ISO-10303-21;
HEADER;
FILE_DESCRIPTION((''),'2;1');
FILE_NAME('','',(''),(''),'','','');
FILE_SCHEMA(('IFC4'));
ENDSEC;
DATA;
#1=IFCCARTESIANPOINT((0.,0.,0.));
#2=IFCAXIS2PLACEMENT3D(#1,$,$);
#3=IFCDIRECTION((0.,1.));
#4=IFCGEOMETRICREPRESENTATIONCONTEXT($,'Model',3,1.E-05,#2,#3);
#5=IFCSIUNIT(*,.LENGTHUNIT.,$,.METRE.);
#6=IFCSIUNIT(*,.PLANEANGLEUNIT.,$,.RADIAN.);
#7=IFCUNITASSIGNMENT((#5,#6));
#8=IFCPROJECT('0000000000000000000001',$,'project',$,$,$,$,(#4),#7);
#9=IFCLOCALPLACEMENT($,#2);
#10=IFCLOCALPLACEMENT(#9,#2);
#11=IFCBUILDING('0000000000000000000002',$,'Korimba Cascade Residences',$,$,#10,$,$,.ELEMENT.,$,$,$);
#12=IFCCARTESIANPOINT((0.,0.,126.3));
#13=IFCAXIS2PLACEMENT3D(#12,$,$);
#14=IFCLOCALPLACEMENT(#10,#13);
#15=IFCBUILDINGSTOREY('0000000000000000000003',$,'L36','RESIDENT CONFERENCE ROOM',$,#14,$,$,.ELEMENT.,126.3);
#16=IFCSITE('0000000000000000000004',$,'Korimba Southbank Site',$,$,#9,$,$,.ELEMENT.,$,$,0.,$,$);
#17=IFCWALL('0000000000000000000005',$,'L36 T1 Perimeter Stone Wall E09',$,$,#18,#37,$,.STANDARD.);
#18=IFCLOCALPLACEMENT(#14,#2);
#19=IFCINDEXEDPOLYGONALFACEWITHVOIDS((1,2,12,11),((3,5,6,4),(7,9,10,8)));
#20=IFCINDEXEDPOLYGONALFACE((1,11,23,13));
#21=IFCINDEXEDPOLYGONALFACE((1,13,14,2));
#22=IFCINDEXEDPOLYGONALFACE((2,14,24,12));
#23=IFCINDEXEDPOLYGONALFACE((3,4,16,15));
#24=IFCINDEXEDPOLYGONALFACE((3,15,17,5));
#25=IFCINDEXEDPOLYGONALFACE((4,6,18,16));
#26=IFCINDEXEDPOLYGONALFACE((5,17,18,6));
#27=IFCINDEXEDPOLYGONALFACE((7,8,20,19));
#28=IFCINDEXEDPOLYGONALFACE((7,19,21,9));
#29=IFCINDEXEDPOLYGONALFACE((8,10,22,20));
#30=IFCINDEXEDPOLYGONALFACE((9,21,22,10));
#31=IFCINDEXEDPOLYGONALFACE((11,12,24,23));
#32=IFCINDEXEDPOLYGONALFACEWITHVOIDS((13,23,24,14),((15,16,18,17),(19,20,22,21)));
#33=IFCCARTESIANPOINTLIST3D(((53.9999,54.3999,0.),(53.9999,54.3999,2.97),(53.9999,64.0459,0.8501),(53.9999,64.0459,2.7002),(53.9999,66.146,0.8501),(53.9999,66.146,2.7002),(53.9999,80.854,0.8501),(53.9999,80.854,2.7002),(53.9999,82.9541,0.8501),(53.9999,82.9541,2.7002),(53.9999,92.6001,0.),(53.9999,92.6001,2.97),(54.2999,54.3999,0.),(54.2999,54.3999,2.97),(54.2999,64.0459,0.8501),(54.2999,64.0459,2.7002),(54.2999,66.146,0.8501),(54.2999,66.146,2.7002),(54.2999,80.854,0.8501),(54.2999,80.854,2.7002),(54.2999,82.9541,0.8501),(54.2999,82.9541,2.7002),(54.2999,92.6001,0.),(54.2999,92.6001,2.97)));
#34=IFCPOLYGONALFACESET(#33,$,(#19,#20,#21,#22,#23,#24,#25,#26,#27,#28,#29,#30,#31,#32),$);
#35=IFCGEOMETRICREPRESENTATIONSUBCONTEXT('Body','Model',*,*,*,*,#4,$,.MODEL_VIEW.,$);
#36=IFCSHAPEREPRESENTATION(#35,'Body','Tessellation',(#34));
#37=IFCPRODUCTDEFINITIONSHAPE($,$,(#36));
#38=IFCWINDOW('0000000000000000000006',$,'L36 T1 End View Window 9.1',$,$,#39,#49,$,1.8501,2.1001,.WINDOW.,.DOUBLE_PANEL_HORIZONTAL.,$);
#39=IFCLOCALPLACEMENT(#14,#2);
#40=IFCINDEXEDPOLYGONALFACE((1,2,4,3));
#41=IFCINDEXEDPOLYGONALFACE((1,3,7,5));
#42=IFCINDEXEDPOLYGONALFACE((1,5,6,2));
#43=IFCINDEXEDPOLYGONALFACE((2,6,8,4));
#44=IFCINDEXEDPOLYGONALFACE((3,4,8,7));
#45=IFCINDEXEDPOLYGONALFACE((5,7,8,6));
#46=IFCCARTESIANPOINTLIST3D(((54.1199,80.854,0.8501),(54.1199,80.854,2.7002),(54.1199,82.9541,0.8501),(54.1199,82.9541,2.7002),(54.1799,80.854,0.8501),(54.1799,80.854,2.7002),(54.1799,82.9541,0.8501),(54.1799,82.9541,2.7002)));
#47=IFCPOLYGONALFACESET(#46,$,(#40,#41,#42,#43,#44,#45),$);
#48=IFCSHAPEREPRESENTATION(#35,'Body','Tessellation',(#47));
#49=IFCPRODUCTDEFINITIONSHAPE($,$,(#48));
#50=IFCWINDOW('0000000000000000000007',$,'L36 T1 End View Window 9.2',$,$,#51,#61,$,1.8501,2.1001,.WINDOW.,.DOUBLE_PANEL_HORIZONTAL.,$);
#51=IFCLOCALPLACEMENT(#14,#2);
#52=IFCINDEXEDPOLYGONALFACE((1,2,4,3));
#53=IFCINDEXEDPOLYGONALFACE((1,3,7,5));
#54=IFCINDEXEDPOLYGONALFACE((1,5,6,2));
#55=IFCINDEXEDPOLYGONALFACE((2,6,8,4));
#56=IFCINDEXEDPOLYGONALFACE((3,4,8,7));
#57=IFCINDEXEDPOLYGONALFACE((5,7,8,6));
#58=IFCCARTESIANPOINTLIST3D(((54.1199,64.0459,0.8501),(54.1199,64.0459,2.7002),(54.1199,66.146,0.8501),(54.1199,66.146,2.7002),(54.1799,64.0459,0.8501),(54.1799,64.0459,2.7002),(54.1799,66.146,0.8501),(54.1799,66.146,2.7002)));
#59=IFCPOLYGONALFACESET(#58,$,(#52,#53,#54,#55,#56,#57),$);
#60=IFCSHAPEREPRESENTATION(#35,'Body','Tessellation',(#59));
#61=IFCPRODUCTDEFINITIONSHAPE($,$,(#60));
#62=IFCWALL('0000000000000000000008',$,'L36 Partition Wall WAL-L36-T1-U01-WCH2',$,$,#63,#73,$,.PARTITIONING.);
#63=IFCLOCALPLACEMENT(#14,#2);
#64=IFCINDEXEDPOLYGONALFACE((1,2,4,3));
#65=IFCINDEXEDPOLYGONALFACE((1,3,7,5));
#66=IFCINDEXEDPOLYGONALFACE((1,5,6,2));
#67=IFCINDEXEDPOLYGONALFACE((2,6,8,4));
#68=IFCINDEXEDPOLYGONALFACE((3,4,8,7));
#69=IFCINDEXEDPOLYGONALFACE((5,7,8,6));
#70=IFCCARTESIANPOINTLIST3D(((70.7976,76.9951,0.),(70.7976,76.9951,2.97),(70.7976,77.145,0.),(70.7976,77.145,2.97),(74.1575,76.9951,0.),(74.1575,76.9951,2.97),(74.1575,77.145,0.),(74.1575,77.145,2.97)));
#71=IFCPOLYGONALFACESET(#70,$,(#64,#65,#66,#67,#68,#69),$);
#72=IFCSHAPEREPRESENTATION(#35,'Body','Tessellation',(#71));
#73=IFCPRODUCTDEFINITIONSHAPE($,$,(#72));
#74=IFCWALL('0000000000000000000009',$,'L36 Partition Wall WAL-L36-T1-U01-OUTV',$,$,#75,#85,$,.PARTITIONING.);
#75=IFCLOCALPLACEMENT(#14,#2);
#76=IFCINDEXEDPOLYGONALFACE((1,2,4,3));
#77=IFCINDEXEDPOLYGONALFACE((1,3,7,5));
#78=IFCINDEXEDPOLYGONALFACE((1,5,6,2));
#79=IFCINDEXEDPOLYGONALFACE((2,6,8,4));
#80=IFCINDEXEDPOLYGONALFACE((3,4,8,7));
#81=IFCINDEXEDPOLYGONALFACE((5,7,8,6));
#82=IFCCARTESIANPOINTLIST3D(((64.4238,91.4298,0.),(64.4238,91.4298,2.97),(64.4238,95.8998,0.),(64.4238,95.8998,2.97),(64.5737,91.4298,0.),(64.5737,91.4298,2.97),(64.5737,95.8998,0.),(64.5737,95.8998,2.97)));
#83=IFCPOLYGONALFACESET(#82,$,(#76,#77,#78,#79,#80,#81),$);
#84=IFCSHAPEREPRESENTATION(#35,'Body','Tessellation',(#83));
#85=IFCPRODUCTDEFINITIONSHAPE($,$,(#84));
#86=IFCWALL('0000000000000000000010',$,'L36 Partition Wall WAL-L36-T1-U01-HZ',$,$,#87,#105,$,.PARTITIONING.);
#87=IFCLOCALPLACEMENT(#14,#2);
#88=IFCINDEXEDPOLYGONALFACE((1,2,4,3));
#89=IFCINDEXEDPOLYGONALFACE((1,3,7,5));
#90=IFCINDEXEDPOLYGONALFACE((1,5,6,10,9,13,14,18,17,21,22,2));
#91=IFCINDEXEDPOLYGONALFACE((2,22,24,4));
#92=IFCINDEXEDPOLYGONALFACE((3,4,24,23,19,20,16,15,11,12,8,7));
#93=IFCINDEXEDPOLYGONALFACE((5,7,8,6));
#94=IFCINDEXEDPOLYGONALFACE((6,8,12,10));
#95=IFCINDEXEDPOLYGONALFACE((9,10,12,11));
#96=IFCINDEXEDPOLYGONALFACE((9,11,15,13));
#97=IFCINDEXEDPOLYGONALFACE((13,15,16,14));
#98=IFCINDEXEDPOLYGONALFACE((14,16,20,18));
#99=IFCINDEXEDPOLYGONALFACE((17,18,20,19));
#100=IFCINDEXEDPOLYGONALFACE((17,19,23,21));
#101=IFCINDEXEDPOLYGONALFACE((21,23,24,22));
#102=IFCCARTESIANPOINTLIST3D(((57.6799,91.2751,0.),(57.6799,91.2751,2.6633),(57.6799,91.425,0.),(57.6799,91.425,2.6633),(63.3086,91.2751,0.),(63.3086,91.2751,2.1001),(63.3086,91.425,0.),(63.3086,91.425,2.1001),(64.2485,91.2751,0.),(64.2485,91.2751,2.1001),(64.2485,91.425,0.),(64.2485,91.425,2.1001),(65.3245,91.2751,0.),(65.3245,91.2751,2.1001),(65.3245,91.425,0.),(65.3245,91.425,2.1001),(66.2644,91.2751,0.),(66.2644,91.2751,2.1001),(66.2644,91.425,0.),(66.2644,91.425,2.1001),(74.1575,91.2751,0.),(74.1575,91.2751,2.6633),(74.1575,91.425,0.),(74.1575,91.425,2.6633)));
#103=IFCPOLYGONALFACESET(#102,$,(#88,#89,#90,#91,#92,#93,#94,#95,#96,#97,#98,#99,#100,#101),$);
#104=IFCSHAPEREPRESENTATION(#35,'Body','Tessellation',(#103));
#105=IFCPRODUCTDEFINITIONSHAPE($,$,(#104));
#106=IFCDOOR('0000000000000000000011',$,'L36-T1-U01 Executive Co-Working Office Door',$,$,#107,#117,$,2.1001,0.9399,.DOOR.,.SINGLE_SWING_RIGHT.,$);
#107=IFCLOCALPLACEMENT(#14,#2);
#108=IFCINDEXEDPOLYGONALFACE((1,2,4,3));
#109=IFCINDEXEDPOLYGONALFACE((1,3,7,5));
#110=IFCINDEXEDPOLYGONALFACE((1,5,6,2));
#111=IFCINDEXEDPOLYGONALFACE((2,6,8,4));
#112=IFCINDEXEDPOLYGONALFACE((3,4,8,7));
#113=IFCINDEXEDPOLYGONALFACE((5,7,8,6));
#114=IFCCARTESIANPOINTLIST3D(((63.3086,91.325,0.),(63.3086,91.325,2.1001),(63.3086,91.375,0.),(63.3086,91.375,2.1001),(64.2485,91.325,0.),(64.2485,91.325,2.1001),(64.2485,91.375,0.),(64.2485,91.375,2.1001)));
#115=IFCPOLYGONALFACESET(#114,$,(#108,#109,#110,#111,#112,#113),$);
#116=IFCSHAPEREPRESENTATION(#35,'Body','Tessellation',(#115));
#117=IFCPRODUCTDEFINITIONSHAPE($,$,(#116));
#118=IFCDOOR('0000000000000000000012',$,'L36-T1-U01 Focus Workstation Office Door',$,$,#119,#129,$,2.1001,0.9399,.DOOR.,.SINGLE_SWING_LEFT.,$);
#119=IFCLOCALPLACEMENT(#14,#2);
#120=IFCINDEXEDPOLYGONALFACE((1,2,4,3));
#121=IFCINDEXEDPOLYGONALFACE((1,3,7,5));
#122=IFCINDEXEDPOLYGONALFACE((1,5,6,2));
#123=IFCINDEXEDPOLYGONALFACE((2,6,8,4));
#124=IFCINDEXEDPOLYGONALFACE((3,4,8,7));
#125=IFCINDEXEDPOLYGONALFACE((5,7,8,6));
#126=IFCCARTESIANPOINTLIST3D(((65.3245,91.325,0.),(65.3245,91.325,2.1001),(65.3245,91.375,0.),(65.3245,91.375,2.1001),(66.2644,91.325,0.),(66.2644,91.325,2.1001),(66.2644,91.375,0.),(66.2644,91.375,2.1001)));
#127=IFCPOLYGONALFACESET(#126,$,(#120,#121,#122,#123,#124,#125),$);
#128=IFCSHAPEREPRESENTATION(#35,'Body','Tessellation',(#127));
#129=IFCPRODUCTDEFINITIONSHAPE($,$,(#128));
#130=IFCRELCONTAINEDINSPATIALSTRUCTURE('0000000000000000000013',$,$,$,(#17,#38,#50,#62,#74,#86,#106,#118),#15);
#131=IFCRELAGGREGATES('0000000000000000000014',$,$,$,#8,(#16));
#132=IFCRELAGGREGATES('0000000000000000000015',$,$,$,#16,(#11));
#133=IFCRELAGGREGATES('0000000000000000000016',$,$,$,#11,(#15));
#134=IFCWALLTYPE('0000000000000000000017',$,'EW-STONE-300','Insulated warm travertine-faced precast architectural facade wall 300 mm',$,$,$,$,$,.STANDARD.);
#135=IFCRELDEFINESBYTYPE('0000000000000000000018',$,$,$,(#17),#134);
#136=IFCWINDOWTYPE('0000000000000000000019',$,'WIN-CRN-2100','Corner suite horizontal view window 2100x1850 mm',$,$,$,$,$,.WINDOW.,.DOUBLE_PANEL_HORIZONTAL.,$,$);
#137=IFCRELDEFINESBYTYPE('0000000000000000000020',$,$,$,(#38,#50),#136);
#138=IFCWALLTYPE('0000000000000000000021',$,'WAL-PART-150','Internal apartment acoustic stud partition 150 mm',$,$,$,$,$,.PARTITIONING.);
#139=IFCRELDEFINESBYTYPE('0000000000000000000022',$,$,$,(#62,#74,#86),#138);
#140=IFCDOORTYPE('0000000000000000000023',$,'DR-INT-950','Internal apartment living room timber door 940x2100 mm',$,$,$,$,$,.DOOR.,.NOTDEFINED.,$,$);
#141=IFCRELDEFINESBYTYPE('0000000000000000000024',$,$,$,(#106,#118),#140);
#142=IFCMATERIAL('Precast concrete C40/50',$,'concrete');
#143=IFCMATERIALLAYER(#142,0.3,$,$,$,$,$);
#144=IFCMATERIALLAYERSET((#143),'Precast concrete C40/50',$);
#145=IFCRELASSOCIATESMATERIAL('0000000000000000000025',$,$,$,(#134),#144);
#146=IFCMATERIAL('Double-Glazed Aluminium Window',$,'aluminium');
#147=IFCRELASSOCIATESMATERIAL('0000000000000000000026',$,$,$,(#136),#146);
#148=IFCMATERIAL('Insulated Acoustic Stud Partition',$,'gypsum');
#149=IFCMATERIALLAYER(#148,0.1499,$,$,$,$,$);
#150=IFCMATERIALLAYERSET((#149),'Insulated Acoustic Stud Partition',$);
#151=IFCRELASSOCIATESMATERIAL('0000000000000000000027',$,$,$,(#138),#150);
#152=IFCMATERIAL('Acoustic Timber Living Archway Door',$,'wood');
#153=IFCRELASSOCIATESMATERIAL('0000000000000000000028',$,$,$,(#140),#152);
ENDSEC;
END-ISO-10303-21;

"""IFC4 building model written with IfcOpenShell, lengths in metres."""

from ifc_helpers import new_model, si_unit, direction, frame, frame_2d, origin, place, context, subcontext, project, spatial, rectangle, extrude, material, layer, layer_set, type_object, element, fill, save


model = new_model("IFC4")

# Units and contexts
model_context = context("Model", 3, precision=1e-05, world=origin(), true_north=direction((0.0, 1.0)))
body_context = subcontext(model_context, "Body", "Model", "MODEL_VIEW")
ifc_project = project(units=[si_unit("LENGTHUNIT", "METRE"), si_unit("PLANEANGLEUNIT", "RADIAN")], contexts=[model_context])

# Site, building, storey
site_placement = place(None, origin())
site = spatial("IfcSite", under=ifc_project, at=site_placement, Name="Korimba Southbank Site", CompositionType="ELEMENT", RefElevation=0.0)
building_placement = place(site_placement, origin())
building = spatial("IfcBuilding", under=site, at=building_placement, Name="Korimba Cascade Residences", CompositionType="ELEMENT")
storey_placement = place(building_placement, frame((0.0, 0.0, 126.3)))
storey = spatial("IfcBuildingStorey", under=building, at=storey_placement, Name="L36", Description="RESIDENT CONFERENCE ROOM", CompositionType="ELEMENT", Elevation=126.3)

# Shared definitions
ifc_material_1 = material(Name="Precast concrete C40/50", Category="concrete")
ifc_layer_1 = layer(ifc_material_1, 0.3)
ifc_layer_set_1 = layer_set([ifc_layer_1], Name="Precast concrete C40/50")
wall_type_1 = type_object("IfcWallType", Name="EW-STONE-300", Description="Insulated warm travertine-faced precast architectural facade wall 300 mm", PredefinedType="STANDARD", material=ifc_layer_set_1)

# Wall, openings, windows
wall_1_placement = place(storey_placement, frame((54.1499, 92.6001, 0.0), z_axis=(0.0, 0.0, 1.0), x_axis=(0.0, -1.0, 0.0)))
wall_1 = element("IfcWall", 1, at=wall_1_placement, inside=storey, type_object=wall_type_1, Name="L36 T1 Perimeter Stone Wall E09", PredefinedType="STANDARD", context=body_context, shape_type="SweptSolid", body=[
    extrude(rectangle(XDim=38.2002, YDim=0.3, at=frame_2d((19.1001, 0.0))), origin(), (0.0, 0.0, 1.0), 2.97),
])
opening_1_placement = place(wall_1_placement, frame((9.646, 0.0, 0.8501)))
opening_1 = element("IfcOpeningElement", 2, at=opening_1_placement, cuts=wall_1, PredefinedType="OPENING", context=body_context, shape_type="SweptSolid", body=[
    extrude(rectangle(XDim=2.1001, YDim=1.8501, at=frame_2d((1.05, 0.925))), frame((0.0, 0.1602, 0.0), z_axis=(0.0, -1.0, 0.0), x_axis=(1.0, 0.0, 0.0)), (0.0, 0.0, 1.0), 0.3201),
])
opening_2_placement = place(wall_1_placement, frame((26.4541, 0.0, 0.8501)))
opening_2 = element("IfcOpeningElement", 3, at=opening_2_placement, cuts=wall_1, PredefinedType="OPENING", context=body_context, shape_type="SweptSolid", body=[
    extrude(rectangle(XDim=2.1001, YDim=1.8501, at=frame_2d((1.05, 0.925))), frame((0.0, 0.1602, 0.0), z_axis=(0.0, -1.0, 0.0), x_axis=(1.0, 0.0, 0.0)), (0.0, 0.0, 1.0), 0.3201),
])
ifc_material_2 = material(Name="Double-Glazed Aluminium Window", Category="aluminium")
window_type = type_object("IfcWindowType", Name="WIN-CRN-2100", Description="Corner suite horizontal view window 2100x1850 mm", PartitioningType="DOUBLE_PANEL_HORIZONTAL", PredefinedType="WINDOW", material=ifc_material_2)
window_1_placement = place(opening_1_placement, origin())
window_1 = element("IfcWindow", 4, at=window_1_placement, inside=storey, type_object=window_type, Name="L36 T1 End View Window 9.1", OverallHeight=1.8501, OverallWidth=2.1001, PartitioningType="DOUBLE_PANEL_HORIZONTAL", PredefinedType="WINDOW", context=body_context, shape_type="SweptSolid", body=[
    extrude(rectangle(XDim=2.1001, YDim=1.8501, at=frame_2d((1.05, 0.925))), frame((0.0, 0.03, 0.0), z_axis=(0.0, -1.0, 0.0), x_axis=(1.0, 0.0, 0.0)), (0.0, 0.0, 1.0), 0.0601),
])
fill(opening_1, window_1)
window_2_placement = place(opening_2_placement, origin())
window_2 = element("IfcWindow", 5, at=window_2_placement, inside=storey, type_object=window_type, Name="L36 T1 End View Window 9.2", OverallHeight=1.8501, OverallWidth=2.1001, PartitioningType="DOUBLE_PANEL_HORIZONTAL", PredefinedType="WINDOW", context=body_context, shape_type="SweptSolid", body=[
    extrude(rectangle(XDim=2.1001, YDim=1.8501, at=frame_2d((1.05, 0.925))), frame((0.0, 0.03, 0.0), z_axis=(0.0, -1.0, 0.0), x_axis=(1.0, 0.0, 0.0)), (0.0, 0.0, 1.0), 0.0601),
])
fill(opening_2, window_2)

# Walls
ifc_material_3 = material(Name="Insulated Acoustic Stud Partition", Category="gypsum")
ifc_layer_2 = layer(ifc_material_3, 0.1499)
ifc_layer_set_2 = layer_set([ifc_layer_2], Name="Insulated Acoustic Stud Partition")
wall_type_2 = type_object("IfcWallType", Name="WAL-PART-150", Description="Internal apartment acoustic stud partition 150 mm", PredefinedType="PARTITIONING", material=ifc_layer_set_2)
wall_2_placement = place(storey_placement, frame((70.7976, 77.0701, 0.0), z_axis=(0.0, 0.0, 1.0), x_axis=(1.0, 0.0, 0.0)))
element("IfcWall", 6, at=wall_2_placement, inside=storey, type_object=wall_type_2, Name="L36 Partition Wall WAL-L36-T1-U01-WCH2", PredefinedType="PARTITIONING", context=body_context, shape_type="SweptSolid", body=[
    extrude(rectangle(XDim=3.3599, YDim=0.1499, at=frame_2d((1.6799, 0.0))), origin(), (0.0, 0.0, 1.0), 2.97),
])
wall_3_placement = place(storey_placement, frame((64.4988, 91.4299, 0.0), z_axis=(0.0, 0.0, 1.0), x_axis=(0.0, 1.0, 0.0)))
element("IfcWall", 7, at=wall_3_placement, inside=storey, type_object=wall_type_2, Name="L36 Partition Wall WAL-L36-T1-U01-OUTV", PredefinedType="PARTITIONING", context=body_context, shape_type="SweptSolid", body=[
    extrude(rectangle(XDim=4.47, YDim=0.1499, at=frame_2d((2.2349, 0.0))), origin(), (0.0, 0.0, 1.0), 2.97),
])

# Wall, openings, doors
wall_4_placement = place(storey_placement, frame((57.6799, 91.3501, 0.0), z_axis=(0.0, 0.0, 1.0), x_axis=(1.0, 0.0, 0.0)))
wall_4 = element("IfcWall", 8, at=wall_4_placement, inside=storey, type_object=wall_type_2, Name="L36 Partition Wall WAL-L36-T1-U01-HZ", PredefinedType="PARTITIONING", context=body_context, shape_type="SweptSolid", body=[
    extrude(rectangle(XDim=16.4775, YDim=0.1499, at=frame_2d((8.2388, 0.0))), origin(), (0.0, 0.0, 1.0), 2.6633),
])
opening_3_placement = place(wall_4_placement, frame((5.6287, 0.0, 0.0)))
opening_3 = element("IfcOpeningElement", 9, at=opening_3_placement, cuts=wall_4, PredefinedType="OPENING", context=body_context, shape_type="SweptSolid", body=[
    extrude(rectangle(XDim=0.9399, YDim=2.1001, at=frame_2d((0.47, 1.05))), frame((0.0, 0.085, 0.0), z_axis=(0.0, -1.0, 0.0), x_axis=(1.0, 0.0, 0.0)), (0.0, 0.0, 1.0), 0.1699),
])
opening_4_placement = place(wall_4_placement, frame((7.6445, 0.0, 0.0)))
opening_4 = element("IfcOpeningElement", 10, at=opening_4_placement, cuts=wall_4, PredefinedType="OPENING", context=body_context, shape_type="SweptSolid", body=[
    extrude(rectangle(XDim=0.9399, YDim=2.1001, at=frame_2d((0.47, 1.05))), frame((0.0, 0.085, 0.0), z_axis=(0.0, -1.0, 0.0), x_axis=(1.0, 0.0, 0.0)), (0.0, 0.0, 1.0), 0.1699),
])
ifc_material_4 = material(Name="Acoustic Timber Living Archway Door", Category="wood")
door_type = type_object("IfcDoorType", Name="DR-INT-950", Description="Internal apartment living room timber door 940x2100 mm", OperationType="NOTDEFINED", PredefinedType="DOOR", material=ifc_material_4)
door_1_placement = place(opening_3_placement, origin())
door_1 = element("IfcDoor", 11, at=door_1_placement, inside=storey, type_object=door_type, Name="L36-T1-U01 Executive Co-Working Office Door", OperationType="SINGLE_SWING_RIGHT", OverallHeight=2.1001, OverallWidth=0.9399, PredefinedType="DOOR", context=body_context, shape_type="SweptSolid", body=[
    extrude(rectangle(XDim=0.9399, YDim=2.1001, at=frame_2d((0.47, 1.05))), frame((0.0, 0.0249, 0.0), z_axis=(0.0, -1.0, 0.0), x_axis=(1.0, 0.0, 0.0)), (0.0, 0.0, 1.0), 0.05),
])
fill(opening_3, door_1)
door_2_placement = place(opening_4_placement, origin())
door_2 = element("IfcDoor", 12, at=door_2_placement, inside=storey, type_object=door_type, Name="L36-T1-U01 Focus Workstation Office Door", OperationType="SINGLE_SWING_LEFT", OverallHeight=2.1001, OverallWidth=0.9399, PredefinedType="DOOR", context=body_context, shape_type="SweptSolid", body=[
    extrude(rectangle(XDim=0.9399, YDim=2.1001, at=frame_2d((0.47, 1.05))), frame((0.0, 0.0249, 0.0), z_axis=(0.0, -1.0, 0.0), x_axis=(1.0, 0.0, 0.0)), (0.0, 0.0, 1.0), 0.05),
])
fill(opening_4, door_2)

save(model, "model.ifc")
